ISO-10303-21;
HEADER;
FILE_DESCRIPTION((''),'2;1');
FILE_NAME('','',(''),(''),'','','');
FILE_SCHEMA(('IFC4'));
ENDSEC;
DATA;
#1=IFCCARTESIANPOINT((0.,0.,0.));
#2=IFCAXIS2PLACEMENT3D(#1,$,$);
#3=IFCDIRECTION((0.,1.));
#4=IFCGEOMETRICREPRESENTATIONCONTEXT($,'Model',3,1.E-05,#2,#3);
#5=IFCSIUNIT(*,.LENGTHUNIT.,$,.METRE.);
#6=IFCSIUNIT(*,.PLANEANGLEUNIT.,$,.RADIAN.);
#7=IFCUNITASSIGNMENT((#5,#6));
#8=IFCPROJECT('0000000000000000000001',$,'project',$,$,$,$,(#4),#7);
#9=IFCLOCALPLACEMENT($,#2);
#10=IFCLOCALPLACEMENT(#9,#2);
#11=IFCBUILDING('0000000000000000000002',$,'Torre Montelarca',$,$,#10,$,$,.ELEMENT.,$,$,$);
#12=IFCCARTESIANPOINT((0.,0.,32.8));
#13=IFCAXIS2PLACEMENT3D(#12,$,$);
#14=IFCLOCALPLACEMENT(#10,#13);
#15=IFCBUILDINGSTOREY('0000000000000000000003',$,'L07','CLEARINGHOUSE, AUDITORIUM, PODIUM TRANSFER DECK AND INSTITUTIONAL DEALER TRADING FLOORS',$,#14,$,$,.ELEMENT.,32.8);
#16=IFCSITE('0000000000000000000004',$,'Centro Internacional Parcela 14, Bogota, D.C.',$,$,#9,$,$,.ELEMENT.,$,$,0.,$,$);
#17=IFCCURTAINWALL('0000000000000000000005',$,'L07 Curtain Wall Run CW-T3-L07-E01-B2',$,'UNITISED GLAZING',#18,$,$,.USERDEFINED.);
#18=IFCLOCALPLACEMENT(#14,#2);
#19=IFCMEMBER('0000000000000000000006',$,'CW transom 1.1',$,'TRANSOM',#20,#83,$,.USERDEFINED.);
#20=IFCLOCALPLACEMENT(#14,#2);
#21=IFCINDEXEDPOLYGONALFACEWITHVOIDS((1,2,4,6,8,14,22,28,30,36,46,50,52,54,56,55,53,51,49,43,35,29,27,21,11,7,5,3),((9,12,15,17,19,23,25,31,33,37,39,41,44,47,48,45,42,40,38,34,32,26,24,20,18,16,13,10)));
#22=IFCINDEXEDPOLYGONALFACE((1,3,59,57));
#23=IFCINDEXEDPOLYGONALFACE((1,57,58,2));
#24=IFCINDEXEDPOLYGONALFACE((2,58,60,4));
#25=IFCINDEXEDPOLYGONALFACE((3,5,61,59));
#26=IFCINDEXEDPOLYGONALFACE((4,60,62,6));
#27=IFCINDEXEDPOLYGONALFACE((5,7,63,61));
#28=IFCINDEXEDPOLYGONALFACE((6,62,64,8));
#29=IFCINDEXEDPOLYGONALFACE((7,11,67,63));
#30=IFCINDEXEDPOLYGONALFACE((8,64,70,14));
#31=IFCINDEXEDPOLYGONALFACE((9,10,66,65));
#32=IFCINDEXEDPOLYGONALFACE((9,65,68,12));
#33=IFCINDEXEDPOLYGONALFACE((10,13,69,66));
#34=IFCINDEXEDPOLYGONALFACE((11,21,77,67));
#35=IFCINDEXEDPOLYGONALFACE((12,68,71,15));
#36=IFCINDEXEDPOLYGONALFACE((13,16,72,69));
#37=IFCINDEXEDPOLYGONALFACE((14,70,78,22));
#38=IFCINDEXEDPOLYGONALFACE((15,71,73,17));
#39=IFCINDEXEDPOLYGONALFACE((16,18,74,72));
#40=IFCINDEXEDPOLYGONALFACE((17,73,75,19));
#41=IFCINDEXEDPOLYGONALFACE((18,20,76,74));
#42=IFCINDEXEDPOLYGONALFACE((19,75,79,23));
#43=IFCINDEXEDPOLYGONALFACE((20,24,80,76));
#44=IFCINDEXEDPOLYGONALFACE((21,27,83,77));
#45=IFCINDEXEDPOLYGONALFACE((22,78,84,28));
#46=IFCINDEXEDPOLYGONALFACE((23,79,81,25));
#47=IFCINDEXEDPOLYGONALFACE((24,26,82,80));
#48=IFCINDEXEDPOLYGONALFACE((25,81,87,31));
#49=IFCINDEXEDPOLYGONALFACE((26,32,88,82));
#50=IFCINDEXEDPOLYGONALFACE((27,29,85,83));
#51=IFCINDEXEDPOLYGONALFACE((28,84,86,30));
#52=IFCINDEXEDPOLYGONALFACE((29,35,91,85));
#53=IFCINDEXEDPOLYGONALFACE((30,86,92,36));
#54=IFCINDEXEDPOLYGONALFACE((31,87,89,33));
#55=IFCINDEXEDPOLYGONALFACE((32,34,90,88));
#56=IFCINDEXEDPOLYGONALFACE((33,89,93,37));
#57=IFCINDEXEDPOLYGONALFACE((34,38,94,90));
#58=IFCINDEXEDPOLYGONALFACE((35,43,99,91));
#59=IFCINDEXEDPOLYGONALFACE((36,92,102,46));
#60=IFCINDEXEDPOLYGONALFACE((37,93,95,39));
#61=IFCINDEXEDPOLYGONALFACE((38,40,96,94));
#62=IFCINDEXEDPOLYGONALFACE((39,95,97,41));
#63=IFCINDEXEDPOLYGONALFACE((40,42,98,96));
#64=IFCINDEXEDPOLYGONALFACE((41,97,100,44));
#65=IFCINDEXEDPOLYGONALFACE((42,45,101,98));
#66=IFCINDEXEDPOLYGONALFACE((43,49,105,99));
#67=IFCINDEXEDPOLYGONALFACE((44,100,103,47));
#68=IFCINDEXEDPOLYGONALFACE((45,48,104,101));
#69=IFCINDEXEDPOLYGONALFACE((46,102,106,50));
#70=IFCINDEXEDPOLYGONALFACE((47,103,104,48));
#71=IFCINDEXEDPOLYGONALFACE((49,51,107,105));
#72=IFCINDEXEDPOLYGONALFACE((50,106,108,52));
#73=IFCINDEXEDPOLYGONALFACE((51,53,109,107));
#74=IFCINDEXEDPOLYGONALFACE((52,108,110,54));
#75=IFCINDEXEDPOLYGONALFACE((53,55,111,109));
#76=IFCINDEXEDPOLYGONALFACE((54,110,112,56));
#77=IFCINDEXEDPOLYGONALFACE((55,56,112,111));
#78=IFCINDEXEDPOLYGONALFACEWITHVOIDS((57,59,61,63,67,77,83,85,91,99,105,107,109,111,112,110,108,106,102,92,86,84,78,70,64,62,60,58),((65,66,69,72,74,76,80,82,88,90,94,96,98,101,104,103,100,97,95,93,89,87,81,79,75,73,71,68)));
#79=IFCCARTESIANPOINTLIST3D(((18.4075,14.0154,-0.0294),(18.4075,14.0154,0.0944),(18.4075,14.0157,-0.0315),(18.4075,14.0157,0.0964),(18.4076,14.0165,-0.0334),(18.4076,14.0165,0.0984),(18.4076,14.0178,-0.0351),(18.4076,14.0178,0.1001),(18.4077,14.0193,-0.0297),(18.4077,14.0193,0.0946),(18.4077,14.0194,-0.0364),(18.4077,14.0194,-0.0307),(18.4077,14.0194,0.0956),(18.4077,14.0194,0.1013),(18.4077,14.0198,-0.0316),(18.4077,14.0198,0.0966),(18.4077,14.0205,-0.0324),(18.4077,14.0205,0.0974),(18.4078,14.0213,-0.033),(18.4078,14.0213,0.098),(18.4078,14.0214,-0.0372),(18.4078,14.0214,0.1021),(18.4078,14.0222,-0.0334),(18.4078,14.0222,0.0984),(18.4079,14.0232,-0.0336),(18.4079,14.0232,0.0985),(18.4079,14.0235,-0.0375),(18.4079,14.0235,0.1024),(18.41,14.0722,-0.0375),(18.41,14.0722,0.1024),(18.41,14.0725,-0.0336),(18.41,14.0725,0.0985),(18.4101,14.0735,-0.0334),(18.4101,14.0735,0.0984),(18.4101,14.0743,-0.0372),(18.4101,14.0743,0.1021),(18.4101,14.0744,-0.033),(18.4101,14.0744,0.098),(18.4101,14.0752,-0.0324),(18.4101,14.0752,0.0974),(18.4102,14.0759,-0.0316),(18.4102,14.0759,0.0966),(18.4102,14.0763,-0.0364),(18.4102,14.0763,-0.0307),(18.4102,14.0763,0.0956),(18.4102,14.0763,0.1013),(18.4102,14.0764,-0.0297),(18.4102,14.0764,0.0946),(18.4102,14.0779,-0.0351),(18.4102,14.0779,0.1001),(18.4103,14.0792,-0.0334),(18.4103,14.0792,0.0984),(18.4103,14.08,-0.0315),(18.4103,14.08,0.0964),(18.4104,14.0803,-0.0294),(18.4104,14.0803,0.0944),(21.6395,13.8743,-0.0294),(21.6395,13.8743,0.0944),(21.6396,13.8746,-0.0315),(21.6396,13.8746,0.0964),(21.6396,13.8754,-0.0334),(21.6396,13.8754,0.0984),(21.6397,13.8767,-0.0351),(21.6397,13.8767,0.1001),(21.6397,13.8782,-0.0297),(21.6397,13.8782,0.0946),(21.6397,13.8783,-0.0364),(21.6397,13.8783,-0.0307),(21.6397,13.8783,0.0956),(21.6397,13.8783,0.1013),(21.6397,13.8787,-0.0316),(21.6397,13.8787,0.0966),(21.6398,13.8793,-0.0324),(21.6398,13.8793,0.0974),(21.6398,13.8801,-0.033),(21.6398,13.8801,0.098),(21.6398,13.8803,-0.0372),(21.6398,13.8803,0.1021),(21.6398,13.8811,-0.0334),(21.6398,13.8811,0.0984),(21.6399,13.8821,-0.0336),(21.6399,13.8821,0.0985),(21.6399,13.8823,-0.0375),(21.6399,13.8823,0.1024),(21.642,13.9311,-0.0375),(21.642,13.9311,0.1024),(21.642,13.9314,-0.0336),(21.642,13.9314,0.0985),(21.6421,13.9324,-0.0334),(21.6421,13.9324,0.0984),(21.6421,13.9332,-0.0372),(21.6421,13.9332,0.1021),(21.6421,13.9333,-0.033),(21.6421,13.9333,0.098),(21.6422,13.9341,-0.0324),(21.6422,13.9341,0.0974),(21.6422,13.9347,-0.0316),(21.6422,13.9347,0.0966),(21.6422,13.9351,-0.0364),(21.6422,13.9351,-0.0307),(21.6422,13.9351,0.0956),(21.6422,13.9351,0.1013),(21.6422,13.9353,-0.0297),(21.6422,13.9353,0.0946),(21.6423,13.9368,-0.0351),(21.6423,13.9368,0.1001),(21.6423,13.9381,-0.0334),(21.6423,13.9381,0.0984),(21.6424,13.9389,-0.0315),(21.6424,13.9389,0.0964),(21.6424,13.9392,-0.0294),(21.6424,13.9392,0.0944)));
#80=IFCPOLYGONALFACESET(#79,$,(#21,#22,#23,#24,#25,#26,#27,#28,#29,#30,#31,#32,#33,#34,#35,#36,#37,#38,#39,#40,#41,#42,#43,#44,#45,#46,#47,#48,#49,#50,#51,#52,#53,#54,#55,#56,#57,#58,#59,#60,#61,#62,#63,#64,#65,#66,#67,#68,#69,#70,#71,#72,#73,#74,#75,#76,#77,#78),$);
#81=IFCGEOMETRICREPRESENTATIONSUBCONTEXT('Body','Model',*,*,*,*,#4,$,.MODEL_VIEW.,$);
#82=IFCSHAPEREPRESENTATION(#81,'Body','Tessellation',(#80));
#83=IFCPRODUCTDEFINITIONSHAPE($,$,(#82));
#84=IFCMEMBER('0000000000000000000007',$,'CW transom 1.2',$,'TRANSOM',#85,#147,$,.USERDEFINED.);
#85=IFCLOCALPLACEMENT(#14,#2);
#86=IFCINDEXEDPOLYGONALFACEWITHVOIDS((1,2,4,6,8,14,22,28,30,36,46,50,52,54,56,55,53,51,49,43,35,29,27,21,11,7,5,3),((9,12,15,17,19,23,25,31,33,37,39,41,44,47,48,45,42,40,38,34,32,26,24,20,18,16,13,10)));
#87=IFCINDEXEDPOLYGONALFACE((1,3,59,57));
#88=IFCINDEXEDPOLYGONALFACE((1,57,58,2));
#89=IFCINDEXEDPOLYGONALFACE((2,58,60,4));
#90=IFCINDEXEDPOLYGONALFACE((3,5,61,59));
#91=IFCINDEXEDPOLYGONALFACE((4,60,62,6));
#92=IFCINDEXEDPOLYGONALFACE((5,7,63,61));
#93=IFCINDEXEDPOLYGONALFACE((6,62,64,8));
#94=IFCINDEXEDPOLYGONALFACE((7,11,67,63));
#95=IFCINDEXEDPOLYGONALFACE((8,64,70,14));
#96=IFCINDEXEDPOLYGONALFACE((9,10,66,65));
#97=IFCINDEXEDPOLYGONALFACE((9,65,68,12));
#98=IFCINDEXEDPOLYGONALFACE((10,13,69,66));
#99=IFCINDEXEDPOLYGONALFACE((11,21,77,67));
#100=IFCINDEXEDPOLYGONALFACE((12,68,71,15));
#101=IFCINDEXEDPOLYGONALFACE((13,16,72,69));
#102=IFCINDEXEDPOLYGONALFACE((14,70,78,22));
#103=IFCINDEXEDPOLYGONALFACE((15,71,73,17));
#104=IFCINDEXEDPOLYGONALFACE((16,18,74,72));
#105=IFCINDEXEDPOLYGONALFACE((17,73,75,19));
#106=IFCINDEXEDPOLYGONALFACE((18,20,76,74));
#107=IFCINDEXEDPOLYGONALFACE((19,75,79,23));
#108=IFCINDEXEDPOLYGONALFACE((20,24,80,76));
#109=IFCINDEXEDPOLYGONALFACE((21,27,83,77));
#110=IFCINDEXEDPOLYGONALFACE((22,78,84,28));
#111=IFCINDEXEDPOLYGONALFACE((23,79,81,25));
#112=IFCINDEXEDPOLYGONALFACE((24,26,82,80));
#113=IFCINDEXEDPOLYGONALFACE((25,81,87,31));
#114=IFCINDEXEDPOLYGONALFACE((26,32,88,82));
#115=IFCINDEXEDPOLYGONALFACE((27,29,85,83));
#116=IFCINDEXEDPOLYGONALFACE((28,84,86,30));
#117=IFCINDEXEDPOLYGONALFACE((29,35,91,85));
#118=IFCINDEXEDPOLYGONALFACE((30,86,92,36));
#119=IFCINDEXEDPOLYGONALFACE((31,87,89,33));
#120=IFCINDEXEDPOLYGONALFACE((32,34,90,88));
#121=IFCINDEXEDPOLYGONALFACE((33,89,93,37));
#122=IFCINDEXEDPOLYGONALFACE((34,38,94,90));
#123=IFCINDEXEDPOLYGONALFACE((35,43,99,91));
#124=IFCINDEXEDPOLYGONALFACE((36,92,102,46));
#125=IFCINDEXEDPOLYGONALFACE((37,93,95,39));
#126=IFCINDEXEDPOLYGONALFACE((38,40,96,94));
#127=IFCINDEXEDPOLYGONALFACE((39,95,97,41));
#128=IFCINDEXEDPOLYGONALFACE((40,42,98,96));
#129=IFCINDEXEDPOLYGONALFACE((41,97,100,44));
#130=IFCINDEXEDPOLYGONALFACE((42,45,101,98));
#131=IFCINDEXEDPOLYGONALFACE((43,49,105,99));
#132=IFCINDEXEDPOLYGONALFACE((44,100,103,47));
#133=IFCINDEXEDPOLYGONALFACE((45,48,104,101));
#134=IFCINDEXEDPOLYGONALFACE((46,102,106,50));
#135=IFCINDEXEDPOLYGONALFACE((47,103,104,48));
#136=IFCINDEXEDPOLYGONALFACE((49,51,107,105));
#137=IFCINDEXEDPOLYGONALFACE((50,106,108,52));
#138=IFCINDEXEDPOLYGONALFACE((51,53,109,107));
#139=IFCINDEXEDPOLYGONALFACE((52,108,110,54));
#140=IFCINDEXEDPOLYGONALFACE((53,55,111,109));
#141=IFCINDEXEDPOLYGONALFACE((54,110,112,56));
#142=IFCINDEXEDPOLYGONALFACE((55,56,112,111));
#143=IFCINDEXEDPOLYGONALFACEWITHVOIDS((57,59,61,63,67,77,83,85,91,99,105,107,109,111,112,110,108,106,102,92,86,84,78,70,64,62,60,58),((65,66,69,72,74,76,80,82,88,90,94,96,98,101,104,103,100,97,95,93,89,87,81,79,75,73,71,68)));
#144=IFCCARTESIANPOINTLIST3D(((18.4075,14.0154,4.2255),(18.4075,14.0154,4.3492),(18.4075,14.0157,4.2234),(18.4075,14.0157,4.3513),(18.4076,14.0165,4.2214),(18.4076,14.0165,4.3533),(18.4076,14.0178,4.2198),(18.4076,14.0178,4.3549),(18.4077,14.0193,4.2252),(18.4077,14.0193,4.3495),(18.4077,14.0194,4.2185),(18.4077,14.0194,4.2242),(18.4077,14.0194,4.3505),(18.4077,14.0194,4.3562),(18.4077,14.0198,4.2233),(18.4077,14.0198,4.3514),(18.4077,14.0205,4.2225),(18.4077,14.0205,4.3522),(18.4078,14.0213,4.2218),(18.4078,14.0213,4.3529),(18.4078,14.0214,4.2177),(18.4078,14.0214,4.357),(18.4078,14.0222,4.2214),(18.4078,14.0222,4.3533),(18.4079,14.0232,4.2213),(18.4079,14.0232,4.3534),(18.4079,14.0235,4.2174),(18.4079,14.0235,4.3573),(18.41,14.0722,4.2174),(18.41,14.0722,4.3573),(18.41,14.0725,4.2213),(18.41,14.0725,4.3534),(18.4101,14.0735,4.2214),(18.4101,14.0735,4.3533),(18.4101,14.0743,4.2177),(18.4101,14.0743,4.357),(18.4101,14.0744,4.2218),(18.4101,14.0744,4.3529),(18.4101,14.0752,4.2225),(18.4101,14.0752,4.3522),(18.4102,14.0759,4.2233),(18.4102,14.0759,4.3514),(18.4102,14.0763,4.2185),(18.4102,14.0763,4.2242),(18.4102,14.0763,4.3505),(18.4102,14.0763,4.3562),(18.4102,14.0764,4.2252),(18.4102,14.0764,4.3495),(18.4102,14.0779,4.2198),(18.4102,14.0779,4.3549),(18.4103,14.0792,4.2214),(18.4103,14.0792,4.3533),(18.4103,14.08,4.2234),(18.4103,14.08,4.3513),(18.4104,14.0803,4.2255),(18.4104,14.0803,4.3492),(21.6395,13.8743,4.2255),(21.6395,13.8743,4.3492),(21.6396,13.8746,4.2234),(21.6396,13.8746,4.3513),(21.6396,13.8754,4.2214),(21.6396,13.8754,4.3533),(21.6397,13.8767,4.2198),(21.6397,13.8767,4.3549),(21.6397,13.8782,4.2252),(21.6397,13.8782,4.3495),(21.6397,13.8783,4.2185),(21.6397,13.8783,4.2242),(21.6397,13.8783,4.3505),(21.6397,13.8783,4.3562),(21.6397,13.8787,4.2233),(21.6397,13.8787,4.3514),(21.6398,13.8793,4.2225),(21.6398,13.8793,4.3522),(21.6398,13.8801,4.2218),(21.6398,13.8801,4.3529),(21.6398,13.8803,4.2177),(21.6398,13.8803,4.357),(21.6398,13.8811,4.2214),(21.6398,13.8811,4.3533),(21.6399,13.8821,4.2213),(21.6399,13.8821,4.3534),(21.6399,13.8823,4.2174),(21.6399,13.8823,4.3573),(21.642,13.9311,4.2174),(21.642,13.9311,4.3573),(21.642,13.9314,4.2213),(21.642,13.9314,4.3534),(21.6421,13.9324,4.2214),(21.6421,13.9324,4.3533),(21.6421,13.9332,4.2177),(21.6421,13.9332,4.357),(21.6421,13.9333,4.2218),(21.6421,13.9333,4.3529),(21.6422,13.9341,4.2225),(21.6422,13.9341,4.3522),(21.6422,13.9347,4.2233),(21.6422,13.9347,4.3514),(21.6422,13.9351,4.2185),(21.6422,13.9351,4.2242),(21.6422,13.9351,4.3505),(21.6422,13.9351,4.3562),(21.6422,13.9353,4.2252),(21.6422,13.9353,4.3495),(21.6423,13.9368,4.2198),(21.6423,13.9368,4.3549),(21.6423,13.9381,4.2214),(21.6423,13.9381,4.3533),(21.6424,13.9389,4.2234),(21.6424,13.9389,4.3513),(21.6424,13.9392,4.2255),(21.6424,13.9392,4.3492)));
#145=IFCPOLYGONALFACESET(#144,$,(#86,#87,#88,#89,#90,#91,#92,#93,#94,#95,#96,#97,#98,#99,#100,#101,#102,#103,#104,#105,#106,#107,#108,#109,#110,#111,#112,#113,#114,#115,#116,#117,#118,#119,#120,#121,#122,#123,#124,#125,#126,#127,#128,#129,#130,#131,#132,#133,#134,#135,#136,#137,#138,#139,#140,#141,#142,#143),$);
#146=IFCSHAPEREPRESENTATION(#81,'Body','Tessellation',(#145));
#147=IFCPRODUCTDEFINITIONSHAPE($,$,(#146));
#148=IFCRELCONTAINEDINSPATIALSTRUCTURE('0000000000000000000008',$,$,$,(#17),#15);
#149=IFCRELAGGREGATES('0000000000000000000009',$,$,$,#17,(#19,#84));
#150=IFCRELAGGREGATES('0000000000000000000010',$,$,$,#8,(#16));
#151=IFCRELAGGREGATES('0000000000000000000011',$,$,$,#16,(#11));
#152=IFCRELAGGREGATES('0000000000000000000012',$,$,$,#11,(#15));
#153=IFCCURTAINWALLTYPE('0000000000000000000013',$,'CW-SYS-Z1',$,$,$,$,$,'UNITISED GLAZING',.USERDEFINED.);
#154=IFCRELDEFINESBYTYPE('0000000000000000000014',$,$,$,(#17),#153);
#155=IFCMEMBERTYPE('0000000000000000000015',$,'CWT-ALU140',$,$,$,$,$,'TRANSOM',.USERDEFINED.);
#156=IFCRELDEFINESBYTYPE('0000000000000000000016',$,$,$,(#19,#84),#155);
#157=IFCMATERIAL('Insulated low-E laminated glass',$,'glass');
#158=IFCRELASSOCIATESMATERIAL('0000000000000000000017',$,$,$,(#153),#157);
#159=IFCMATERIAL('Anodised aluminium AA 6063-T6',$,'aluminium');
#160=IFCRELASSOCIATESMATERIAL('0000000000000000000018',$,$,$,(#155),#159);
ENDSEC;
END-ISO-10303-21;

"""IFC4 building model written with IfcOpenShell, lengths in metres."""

from ifc_helpers import new_model, si_unit, direction, frame, origin, origin_2d, place, context, subcontext, project, spatial, hollow_rectangle, extrude, source, transform, mapped, material, material_profile, profile_set, type_object, element, aggregate, save


model = new_model("IFC4")

# Units and contexts
model_context = context("Model", 3, precision=1e-05, world=origin(), true_north=direction((0.0, 1.0)))
body_context = subcontext(model_context, "Body", "Model", "MODEL_VIEW")
ifc_project = project(units=[si_unit("LENGTHUNIT", "METRE"), si_unit("PLANEANGLEUNIT", "RADIAN")], contexts=[model_context])

# Site, building, storey
site_placement = place(None, origin())
site = spatial("IfcSite", under=ifc_project, at=site_placement, Name="Centro Internacional Parcela 14, Bogota, D.C.", CompositionType="ELEMENT", RefElevation=0.0)
building_placement = place(site_placement, origin())
building = spatial("IfcBuilding", under=site, at=building_placement, Name="Torre Montelarca", CompositionType="ELEMENT")
storey_placement = place(building_placement, frame((0.0, 0.0, 32.8)))
storey = spatial("IfcBuildingStorey", under=building, at=storey_placement, Name="L07", Description="CLEARINGHOUSE, AUDITORIUM, PODIUM TRANSFER DECK AND INSTITUTIONAL DEALER TRADING FLOORS", CompositionType="ELEMENT", Elevation=32.8)

# Curtain wall
ifc_material_1 = material(Name="Insulated low-E laminated glass", Category="glass")
curtain_wall_type = type_object("IfcCurtainWallType", Name="CW-SYS-Z1", ElementType="UNITISED GLAZING", PredefinedType="USERDEFINED", material=ifc_material_1)
curtain_wall_1_placement = place(storey_placement, origin())
curtain_wall_1 = element("IfcCurtainWall", 1, at=curtain_wall_1_placement, inside=storey, type_object=curtain_wall_type, Name="L07 Curtain Wall Run CW-T3-L07-E01-B2", ObjectType="UNITISED GLAZING", PredefinedType="USERDEFINED")
ifc_material_2 = material(Name="Anodised aluminium AA 6063-T6", Category="aluminium")

# Members
ifc_material_profile_1 = material_profile(ifc_material_2, hollow_rectangle(XDim=0.0649, YDim=0.1399, WallThickness=0.0039, InnerFilletRadius=0.0039, OuterFilletRadius=0.0081, at=origin_2d()), Name="ALU65X140X4", Category="aluminium")
ifc_profile_set_1 = profile_set([ifc_material_profile_1], Name="Anodised aluminium AA 6063-T6")
member_type_1 = type_object("IfcMemberType", Name="CWT-ALU140", ElementType="TRANSOM", PredefinedType="USERDEFINED", material=ifc_profile_set_1)
shared_shape_1 = source(origin(), body_context, "Body", "SweptSolid", [
    extrude(hollow_rectangle(XDim=0.0649, YDim=0.1399, WallThickness=0.0039, InnerFilletRadius=0.0039, OuterFilletRadius=0.0081, at=origin_2d()), origin(), (0.0, 0.0, 1.0), 3.2351),
])
member_1_placement = place(storey_placement, frame((18.4089, 14.0479, 0.0325), z_axis=(0.999048, -0.043621, 0.0), x_axis=(0.043621, 0.999048, 0.0)))
member_1 = element("IfcMember", 2, at=member_1_placement, type_object=member_type_1, Name="CW transom 1.1", ObjectType="TRANSOM", PredefinedType="USERDEFINED", context=body_context, shape_type="MappedRepresentation", body=[
    mapped(shared_shape_1, transform((0.0, 0.0, 0.0), scale=1.0)),
])
member_2_placement = place(storey_placement, frame((18.4089, 14.0479, 4.2874), z_axis=(0.999048, -0.043621, 0.0), x_axis=(0.043621, 0.999048, 0.0)))
member_2 = element("IfcMember", 3, at=member_2_placement, type_object=member_type_1, Name="CW transom 1.2", ObjectType="TRANSOM", PredefinedType="USERDEFINED", context=body_context, shape_type="MappedRepresentation", body=[
    mapped(shared_shape_1, transform((0.0, 0.0, 0.0), scale=1.0)),
])

aggregate(curtain_wall_1, [member_1, member_2])

save(model, "model.ifc")
